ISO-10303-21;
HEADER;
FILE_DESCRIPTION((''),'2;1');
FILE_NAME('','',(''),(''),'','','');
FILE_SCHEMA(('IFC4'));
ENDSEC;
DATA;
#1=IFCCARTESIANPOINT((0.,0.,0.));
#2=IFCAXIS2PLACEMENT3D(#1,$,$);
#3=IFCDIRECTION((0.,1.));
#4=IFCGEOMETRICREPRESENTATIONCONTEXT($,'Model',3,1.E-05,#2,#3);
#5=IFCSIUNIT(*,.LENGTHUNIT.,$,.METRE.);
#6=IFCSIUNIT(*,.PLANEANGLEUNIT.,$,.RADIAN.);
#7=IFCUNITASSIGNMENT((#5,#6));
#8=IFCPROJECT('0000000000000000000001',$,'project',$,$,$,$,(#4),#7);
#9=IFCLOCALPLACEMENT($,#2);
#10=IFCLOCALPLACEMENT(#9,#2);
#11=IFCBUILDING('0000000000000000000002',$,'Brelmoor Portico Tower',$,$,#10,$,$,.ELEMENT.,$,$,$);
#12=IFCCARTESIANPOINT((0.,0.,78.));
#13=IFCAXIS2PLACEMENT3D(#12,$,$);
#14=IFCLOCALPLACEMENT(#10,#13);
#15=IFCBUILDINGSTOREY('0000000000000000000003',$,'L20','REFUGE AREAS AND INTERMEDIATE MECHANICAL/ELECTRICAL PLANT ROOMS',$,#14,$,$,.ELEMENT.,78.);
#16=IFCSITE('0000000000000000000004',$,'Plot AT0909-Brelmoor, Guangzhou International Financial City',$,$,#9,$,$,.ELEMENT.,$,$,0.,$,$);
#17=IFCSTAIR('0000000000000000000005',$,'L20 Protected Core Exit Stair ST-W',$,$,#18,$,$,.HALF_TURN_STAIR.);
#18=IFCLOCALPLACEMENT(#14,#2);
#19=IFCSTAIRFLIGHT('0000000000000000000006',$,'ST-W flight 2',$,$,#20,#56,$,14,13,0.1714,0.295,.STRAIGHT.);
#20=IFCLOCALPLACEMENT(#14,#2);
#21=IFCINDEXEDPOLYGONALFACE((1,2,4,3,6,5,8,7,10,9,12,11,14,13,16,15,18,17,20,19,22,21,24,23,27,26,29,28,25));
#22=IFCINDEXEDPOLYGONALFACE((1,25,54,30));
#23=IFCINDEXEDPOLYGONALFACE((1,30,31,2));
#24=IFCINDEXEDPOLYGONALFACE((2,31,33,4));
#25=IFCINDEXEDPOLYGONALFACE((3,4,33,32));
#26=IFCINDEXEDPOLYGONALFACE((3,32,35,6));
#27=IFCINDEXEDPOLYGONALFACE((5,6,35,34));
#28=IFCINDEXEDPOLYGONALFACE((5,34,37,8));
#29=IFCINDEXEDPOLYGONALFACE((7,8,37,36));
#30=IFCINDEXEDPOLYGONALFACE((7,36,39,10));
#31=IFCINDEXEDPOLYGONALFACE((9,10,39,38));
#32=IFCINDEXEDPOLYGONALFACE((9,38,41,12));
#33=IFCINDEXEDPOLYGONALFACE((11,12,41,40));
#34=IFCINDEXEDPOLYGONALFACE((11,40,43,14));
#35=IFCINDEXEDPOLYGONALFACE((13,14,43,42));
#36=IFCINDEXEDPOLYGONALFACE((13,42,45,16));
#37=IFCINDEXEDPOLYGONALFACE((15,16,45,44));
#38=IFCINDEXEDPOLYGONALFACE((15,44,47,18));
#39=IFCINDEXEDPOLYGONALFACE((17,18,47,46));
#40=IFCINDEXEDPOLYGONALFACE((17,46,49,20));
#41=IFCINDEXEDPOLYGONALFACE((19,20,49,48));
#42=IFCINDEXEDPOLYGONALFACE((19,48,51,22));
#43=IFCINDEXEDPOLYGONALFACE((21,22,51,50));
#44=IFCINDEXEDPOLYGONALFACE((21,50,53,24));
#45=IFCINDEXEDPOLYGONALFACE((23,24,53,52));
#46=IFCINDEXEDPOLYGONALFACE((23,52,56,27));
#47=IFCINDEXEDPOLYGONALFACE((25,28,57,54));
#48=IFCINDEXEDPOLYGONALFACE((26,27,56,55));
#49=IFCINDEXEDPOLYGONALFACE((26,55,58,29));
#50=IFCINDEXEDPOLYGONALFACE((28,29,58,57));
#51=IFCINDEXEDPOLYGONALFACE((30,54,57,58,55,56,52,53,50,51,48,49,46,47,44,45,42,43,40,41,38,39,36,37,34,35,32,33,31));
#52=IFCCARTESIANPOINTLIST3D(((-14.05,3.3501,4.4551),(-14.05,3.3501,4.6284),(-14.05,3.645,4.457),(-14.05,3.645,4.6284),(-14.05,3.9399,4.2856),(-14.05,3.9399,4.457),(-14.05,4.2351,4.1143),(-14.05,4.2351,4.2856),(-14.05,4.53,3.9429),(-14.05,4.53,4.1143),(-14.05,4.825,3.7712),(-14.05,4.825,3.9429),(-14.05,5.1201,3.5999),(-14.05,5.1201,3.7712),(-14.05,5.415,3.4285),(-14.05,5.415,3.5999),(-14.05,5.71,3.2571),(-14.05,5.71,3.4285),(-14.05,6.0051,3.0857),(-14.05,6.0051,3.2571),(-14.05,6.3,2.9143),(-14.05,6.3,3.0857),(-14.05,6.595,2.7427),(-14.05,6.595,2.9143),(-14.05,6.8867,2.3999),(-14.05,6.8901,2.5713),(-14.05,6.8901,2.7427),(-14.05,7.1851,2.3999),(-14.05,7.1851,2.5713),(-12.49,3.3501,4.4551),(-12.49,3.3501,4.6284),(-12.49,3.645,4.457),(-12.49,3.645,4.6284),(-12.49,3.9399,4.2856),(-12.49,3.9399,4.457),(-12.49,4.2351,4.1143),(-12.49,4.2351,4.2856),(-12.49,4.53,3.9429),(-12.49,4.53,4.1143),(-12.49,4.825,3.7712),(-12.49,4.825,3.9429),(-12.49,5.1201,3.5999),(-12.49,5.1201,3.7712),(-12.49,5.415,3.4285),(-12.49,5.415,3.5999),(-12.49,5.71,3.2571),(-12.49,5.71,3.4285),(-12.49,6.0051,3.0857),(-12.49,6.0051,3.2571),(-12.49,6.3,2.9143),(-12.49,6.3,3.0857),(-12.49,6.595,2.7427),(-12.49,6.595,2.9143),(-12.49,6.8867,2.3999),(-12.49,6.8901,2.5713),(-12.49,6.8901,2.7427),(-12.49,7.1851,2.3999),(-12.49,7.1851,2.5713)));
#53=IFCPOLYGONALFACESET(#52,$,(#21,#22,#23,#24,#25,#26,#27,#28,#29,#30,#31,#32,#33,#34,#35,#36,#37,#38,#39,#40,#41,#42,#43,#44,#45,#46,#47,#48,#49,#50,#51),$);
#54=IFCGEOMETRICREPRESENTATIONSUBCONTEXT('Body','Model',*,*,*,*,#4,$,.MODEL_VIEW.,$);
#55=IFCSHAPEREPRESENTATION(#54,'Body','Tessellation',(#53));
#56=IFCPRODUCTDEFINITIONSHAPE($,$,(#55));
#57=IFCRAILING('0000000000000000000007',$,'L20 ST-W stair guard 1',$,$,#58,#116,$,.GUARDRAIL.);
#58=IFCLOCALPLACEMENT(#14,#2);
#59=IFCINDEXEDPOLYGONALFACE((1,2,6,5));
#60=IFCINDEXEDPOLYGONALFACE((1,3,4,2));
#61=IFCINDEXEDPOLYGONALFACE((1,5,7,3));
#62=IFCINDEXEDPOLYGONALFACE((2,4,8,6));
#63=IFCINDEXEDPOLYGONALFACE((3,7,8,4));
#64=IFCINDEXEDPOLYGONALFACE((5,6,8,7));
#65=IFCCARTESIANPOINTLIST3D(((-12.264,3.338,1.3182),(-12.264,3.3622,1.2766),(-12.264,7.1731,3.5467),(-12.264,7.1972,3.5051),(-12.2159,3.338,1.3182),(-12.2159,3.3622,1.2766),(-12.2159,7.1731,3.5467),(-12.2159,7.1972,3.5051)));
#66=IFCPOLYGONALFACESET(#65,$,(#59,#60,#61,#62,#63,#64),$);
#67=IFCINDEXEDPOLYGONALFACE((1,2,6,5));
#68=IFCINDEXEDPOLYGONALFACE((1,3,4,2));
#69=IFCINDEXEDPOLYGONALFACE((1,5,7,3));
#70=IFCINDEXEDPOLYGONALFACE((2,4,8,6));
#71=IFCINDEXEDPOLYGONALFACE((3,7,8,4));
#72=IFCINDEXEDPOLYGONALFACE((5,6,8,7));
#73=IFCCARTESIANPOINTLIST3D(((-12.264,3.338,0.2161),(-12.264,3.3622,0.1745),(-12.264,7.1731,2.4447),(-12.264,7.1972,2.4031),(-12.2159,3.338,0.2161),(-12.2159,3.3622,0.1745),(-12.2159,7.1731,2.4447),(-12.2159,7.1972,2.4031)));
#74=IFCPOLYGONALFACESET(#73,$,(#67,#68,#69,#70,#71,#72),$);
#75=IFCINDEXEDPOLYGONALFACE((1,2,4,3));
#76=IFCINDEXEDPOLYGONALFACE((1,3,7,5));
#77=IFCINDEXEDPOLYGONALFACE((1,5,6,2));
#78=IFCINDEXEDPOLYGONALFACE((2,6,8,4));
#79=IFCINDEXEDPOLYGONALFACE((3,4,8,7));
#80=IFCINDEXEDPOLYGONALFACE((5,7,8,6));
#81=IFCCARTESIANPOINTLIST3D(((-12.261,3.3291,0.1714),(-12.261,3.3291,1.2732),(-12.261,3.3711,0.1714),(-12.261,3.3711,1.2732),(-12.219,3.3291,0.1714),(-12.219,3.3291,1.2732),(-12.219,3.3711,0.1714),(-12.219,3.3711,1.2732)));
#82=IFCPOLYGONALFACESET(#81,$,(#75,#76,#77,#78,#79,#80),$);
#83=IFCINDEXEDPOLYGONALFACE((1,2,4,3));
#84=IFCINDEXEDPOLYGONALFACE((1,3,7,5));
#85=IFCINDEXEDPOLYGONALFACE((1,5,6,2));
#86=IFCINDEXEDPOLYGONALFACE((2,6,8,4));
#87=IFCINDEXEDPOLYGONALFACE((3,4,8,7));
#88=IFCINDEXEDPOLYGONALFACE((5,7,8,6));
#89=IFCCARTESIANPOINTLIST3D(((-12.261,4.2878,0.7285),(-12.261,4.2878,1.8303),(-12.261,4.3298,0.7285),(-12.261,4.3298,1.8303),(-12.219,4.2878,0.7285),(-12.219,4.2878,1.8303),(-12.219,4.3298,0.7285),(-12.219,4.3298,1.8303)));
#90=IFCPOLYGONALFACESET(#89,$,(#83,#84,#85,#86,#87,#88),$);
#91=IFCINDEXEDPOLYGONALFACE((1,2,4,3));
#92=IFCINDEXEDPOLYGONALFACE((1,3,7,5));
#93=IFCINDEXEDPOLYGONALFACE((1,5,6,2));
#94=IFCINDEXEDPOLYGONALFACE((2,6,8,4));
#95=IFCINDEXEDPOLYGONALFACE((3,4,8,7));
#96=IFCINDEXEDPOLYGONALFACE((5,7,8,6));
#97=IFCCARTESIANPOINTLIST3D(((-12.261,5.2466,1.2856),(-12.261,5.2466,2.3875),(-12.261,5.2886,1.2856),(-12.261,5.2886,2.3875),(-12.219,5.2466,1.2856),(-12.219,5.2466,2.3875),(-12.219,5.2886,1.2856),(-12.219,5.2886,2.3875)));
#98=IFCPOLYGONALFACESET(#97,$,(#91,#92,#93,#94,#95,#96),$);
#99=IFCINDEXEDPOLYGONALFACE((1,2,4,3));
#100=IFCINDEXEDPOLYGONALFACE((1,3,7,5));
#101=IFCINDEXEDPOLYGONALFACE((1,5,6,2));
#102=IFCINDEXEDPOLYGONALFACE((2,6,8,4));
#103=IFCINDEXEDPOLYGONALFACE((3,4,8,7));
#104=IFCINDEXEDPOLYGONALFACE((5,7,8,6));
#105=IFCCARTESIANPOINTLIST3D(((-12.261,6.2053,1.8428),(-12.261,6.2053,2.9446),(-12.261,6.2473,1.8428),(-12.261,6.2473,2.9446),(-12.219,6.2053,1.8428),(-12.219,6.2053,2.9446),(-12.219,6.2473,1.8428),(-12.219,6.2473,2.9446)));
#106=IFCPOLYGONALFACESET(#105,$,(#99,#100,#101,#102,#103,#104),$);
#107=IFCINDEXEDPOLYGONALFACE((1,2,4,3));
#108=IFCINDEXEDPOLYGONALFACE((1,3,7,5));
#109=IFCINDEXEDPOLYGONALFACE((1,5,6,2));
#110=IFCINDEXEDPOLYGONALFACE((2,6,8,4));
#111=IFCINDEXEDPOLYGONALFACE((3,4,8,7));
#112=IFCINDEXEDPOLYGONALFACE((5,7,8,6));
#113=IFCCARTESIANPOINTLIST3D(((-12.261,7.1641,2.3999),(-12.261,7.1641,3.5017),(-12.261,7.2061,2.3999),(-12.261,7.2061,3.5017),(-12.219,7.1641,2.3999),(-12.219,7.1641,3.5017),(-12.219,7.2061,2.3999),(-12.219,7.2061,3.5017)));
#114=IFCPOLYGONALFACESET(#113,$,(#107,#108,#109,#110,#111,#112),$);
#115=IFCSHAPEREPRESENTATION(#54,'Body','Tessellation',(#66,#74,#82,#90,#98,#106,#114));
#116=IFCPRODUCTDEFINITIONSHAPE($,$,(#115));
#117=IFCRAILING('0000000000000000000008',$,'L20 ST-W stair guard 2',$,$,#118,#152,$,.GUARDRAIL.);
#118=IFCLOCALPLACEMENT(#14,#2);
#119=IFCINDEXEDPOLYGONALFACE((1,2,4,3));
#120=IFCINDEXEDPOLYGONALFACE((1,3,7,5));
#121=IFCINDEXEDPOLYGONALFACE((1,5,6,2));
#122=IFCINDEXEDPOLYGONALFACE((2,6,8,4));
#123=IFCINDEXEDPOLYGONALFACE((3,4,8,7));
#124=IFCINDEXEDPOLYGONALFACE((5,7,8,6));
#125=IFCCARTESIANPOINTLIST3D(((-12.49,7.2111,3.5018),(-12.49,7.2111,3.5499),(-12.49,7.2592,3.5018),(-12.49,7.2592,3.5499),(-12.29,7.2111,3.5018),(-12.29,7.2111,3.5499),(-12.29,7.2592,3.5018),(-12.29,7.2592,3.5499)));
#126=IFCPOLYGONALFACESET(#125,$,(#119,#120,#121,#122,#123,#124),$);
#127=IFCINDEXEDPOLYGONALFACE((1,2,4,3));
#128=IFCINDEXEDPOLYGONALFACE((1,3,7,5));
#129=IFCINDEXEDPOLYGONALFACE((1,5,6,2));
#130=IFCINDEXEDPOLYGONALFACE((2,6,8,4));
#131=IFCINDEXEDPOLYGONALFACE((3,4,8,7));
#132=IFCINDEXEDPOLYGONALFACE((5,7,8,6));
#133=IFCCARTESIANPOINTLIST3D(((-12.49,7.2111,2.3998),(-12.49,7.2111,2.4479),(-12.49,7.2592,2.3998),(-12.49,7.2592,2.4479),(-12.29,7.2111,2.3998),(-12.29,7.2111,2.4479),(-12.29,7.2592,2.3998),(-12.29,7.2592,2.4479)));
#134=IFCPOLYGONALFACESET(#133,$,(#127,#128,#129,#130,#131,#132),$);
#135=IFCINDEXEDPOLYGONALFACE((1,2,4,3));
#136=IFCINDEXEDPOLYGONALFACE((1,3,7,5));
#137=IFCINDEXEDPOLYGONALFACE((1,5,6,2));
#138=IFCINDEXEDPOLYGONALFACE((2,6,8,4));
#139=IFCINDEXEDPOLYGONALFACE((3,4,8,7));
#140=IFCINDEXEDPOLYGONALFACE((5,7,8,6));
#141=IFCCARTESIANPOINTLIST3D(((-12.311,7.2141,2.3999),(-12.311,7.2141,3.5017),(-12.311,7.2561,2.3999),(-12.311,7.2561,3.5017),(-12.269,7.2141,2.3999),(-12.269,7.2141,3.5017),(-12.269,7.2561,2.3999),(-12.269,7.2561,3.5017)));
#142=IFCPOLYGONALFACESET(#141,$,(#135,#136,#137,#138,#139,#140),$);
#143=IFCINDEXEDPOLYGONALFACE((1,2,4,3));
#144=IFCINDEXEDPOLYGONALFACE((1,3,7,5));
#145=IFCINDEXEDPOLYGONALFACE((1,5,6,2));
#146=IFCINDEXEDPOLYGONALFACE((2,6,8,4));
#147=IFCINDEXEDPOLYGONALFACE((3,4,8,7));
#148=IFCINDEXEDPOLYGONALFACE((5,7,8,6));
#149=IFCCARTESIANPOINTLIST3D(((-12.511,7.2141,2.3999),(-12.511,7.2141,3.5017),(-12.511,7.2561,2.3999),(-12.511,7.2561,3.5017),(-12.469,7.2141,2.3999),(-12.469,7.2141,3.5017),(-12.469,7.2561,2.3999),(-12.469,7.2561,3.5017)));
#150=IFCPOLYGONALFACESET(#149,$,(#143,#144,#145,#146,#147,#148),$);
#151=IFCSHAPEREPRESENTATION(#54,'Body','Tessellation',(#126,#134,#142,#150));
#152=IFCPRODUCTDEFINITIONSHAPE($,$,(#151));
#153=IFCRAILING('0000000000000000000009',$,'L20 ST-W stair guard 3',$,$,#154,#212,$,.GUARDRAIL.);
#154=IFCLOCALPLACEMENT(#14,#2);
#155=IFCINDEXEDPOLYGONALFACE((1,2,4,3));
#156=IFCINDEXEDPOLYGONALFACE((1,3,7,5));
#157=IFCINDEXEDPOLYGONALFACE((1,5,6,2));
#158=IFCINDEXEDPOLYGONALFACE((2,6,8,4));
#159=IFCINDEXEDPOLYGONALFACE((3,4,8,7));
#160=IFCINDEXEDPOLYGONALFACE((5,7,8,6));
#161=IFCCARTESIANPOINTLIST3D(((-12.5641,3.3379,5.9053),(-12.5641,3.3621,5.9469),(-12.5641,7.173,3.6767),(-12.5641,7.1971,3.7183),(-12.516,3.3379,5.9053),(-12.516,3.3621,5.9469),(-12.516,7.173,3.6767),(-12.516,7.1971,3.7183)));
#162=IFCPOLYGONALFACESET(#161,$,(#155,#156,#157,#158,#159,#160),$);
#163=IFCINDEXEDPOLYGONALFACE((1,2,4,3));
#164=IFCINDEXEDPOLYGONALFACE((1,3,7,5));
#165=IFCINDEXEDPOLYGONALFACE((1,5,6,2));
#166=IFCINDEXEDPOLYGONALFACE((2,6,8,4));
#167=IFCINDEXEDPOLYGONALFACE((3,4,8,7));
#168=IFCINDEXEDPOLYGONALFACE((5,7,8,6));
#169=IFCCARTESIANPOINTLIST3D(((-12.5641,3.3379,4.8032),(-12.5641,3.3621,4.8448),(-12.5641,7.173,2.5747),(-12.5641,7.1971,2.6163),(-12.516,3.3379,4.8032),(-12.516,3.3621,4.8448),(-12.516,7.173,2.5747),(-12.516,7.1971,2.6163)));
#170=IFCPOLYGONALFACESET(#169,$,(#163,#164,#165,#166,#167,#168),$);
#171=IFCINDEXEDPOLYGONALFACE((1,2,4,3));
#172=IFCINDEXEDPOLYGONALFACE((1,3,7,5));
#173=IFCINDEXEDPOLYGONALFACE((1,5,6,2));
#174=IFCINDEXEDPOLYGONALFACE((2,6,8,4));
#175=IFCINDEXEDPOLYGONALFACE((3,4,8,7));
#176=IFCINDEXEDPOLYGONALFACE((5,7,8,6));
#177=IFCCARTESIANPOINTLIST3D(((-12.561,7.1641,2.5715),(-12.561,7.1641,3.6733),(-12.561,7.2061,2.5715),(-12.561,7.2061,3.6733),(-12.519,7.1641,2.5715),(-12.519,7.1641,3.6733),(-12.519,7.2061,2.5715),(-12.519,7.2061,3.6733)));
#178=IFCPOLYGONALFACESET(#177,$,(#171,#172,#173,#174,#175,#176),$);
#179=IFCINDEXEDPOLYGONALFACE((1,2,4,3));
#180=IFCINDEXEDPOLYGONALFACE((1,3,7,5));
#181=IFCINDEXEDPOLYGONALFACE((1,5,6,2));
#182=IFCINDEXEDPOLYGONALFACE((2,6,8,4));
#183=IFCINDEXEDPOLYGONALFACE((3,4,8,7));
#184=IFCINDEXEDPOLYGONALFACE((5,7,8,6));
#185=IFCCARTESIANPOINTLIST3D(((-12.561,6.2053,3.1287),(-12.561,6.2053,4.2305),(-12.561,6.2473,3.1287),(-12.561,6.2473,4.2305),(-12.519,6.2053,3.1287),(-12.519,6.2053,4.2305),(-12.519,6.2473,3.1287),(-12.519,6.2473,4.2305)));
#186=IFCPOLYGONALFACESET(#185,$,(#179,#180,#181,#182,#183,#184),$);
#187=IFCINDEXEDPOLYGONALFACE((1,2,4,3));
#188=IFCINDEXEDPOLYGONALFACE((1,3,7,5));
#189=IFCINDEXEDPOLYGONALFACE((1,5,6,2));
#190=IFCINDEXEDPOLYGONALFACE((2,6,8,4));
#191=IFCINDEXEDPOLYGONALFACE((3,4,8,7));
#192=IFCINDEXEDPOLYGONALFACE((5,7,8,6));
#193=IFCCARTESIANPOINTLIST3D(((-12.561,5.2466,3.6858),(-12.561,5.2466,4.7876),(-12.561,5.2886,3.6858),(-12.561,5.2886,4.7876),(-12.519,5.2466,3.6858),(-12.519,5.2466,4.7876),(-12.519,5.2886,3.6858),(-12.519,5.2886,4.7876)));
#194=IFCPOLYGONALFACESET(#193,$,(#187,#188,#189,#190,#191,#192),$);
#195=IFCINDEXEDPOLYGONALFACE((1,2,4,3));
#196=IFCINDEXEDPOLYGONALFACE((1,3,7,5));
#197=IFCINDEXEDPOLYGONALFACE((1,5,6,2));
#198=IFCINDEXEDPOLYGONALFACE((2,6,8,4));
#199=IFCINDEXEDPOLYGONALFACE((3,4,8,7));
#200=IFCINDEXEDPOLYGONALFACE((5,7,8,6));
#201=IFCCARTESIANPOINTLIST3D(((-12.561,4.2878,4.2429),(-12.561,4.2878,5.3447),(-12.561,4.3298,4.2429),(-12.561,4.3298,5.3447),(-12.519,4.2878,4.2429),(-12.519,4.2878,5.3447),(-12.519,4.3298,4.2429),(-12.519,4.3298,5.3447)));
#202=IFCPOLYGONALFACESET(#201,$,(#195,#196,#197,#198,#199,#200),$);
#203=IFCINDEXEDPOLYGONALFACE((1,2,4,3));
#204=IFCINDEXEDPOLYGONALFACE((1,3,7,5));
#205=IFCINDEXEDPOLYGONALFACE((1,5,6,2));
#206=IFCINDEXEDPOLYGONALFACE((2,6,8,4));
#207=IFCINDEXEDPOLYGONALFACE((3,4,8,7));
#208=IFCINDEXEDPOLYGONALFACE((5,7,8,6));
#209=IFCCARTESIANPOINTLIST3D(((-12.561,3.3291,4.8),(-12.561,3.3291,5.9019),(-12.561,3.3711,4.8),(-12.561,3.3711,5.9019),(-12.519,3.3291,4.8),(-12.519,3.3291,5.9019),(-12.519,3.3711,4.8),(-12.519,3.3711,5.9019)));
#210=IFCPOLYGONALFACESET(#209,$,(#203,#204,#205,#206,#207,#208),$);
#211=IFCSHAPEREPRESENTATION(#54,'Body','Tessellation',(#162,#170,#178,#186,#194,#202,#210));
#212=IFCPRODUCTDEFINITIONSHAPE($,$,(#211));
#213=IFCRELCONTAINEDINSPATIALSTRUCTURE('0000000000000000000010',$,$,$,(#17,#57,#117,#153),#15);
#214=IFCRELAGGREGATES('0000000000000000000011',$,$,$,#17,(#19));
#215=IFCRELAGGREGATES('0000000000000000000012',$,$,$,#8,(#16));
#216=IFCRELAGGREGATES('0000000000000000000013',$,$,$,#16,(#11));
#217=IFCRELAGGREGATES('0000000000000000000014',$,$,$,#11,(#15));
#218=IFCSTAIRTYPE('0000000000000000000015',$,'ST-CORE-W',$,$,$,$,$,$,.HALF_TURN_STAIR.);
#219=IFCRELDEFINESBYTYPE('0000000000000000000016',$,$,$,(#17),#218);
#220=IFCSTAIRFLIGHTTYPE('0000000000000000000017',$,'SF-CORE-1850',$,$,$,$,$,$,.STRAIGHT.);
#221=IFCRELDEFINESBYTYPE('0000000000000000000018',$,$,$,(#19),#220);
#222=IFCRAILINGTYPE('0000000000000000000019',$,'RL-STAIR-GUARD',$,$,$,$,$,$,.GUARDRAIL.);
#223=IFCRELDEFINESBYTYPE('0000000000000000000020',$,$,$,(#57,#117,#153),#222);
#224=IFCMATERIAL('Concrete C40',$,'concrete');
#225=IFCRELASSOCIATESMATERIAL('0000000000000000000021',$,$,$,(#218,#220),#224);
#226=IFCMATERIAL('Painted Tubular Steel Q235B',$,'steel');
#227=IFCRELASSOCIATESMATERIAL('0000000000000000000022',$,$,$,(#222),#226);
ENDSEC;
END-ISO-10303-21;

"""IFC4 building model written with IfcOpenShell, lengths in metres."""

from ifc_helpers import new_model, si_unit, direction, frame, origin, origin_2d, place, context, subcontext, project, spatial, polyline, rectangle, outline, extrude, material, type_object, element, aggregate, save


model = new_model("IFC4")

# Units and contexts
model_context = context("Model", 3, precision=1e-05, world=origin(), true_north=direction((0.0, 1.0)))
body_context = subcontext(model_context, "Body", "Model", "MODEL_VIEW")
ifc_project = project(units=[si_unit("LENGTHUNIT", "METRE"), si_unit("PLANEANGLEUNIT", "RADIAN")], contexts=[model_context])

# Site, building, storey
site_placement = place(None, origin())
site = spatial("IfcSite", under=ifc_project, at=site_placement, Name="Plot AT0909-Brelmoor, Guangzhou International Financial City", CompositionType="ELEMENT", RefElevation=0.0)
building_placement = place(site_placement, origin())
building = spatial("IfcBuilding", under=site, at=building_placement, Name="Brelmoor Portico Tower", CompositionType="ELEMENT")
storey_placement = place(building_placement, frame((0.0, 0.0, 78.0)))
storey = spatial("IfcBuildingStorey", under=building, at=storey_placement, Name="L20", Description="REFUGE AREAS AND INTERMEDIATE MECHANICAL/ELECTRICAL PLANT ROOMS", CompositionType="ELEMENT", Elevation=78.0)

# Shared definitions
ifc_material_1 = material(Name="Concrete C40", Category="concrete")

# Stair, stair flight
stair_type = type_object("IfcStairType", Name="ST-CORE-W", PredefinedType="HALF_TURN_STAIR", material=ifc_material_1)
stair_placement = place(storey_placement, origin())
stair = element("IfcStair", 1, at=stair_placement, inside=storey, type_object=stair_type, Name="L20 Protected Core Exit Stair ST-W", PredefinedType="HALF_TURN_STAIR")
stair_flight_type = type_object("IfcStairFlightType", Name="SF-CORE-1850", PredefinedType="STRAIGHT", material=ifc_material_1)
stair_flight_1_placement = place(storey_placement, frame((-13.27, 7.1851, 2.3999), z_axis=(0.0, 0.0, 1.0), x_axis=(0.0, -1.0, 0.0)))
stair_flight_1 = element("IfcStairFlight", 2, at=stair_flight_1_placement, type_object=stair_flight_type, Name="ST-W flight 2", NumberOfRisers=14, NumberOfTreads=13, PredefinedType="STRAIGHT", RiserHeight=0.1714, TreadLength=0.295, context=body_context, shape_type="SweptSolid", body=[
    extrude(outline(polyline([(0.0, 0.0), (0.0, 0.1714), (0.2949, 0.1714), (0.2949, 0.3428), (0.5901, 0.3428), (0.5901, 0.5144), (0.885, 0.5144), (0.885, 0.6858), (1.1799, 0.6858), (1.1799, 0.8572), (1.4751, 0.8572), (1.4751, 1.0286), (1.77, 1.0286), (1.77, 1.2), (2.0649, 1.2), (2.0649, 1.3713), (2.3601, 1.3713), (2.3601, 1.543), (2.655, 1.543), (2.655, 1.7144), (2.95, 1.7144), (2.95, 1.8857), (3.2451, 1.8857), (3.2451, 2.0571), (3.54, 2.0571), (3.54, 2.2285), (3.835, 2.2285), (3.835, 2.3999), (3.835, 2.0552), (0.2983, 0.0), (0.0, 0.0)])), frame((0.0, 0.78, 0.0), z_axis=(0.0, -1.0, 0.0), x_axis=(1.0, 0.0, 0.0)), (0.0, 0.0, 1.0), 1.5601),
])
aggregate(stair, [stair_flight_1])

# Railings
ifc_material_2 = material(Name="Painted Tubular Steel Q235B", Category="steel")
railing_type_1 = type_object("IfcRailingType", Name="RL-STAIR-GUARD", PredefinedType="GUARDRAIL", material=ifc_material_2)
railing_1_placement = place(storey_placement, frame((-12.24, 3.3501, 0.1714)))
element("IfcRailing", 3, at=railing_1_placement, inside=storey, type_object=railing_type_1, Name="L20 ST-W stair guard 1", PredefinedType="GUARDRAIL", context=body_context, shape_type="SweptSolid", body=[
    extrude(rectangle(XDim=0.0481, YDim=0.0481, at=origin_2d()), frame((0.0, 0.0, 1.126), z_axis=(0.0, 0.864616, 0.502433), x_axis=(-1.0, 0.0, 0.0)), (0.0, 0.0, 1.0), 4.4355),
    extrude(rectangle(XDim=0.0481, YDim=0.0481, at=origin_2d()), frame((0.0, 0.0, 0.0239), z_axis=(0.0, 0.864616, 0.502433), x_axis=(-1.0, 0.0, 0.0)), (0.0, 0.0, 1.0), 4.4355),
    extrude(rectangle(XDim=0.042, YDim=0.042, at=origin_2d()), origin(), (0.0, 0.0, 1.0), 1.1018),
    extrude(rectangle(XDim=0.042, YDim=0.042, at=origin_2d()), frame((0.0, 0.9587, 0.5571)), (0.0, 0.0, 1.0), 1.1018),
    extrude(rectangle(XDim=0.042, YDim=0.042, at=origin_2d()), frame((0.0, 1.9175, 1.1143)), (0.0, 0.0, 1.0), 1.1018),
    extrude(rectangle(XDim=0.042, YDim=0.042, at=origin_2d()), frame((0.0, 2.8762, 1.6714)), (0.0, 0.0, 1.0), 1.1018),
    extrude(rectangle(XDim=0.042, YDim=0.042, at=origin_2d()), frame((0.0, 3.835, 2.2285)), (0.0, 0.0, 1.0), 1.1018),
])
railing_2_placement = place(storey_placement, frame((-12.29, 7.2351, 2.3999)))
element("IfcRailing", 4, at=railing_2_placement, inside=storey, type_object=railing_type_1, Name="L20 ST-W stair guard 2", PredefinedType="GUARDRAIL", context=body_context, shape_type="SweptSolid", body=[
    extrude(rectangle(XDim=0.0481, YDim=0.0481, at=origin_2d()), frame((0.0, 0.0, 1.126), z_axis=(-1.0, 0.0, 0.0), x_axis=(0.0, -1.0, 0.0)), (0.0, 0.0, 1.0), 0.2),
    extrude(rectangle(XDim=0.0481, YDim=0.0481, at=origin_2d()), frame((0.0, 0.0, 0.0239), z_axis=(-1.0, 0.0, 0.0), x_axis=(0.0, -1.0, 0.0)), (0.0, 0.0, 1.0), 0.2),
    extrude(rectangle(XDim=0.042, YDim=0.042, at=origin_2d()), origin(), (0.0, 0.0, 1.0), 1.1018),
    extrude(rectangle(XDim=0.042, YDim=0.042, at=origin_2d()), frame((-0.2, 0.0, 0.0)), (0.0, 0.0, 1.0), 1.1018),
])
railing_3_placement = place(storey_placement, frame((-12.54, 7.1851, 2.5715)))
element("IfcRailing", 5, at=railing_3_placement, inside=storey, type_object=railing_type_1, Name="L20 ST-W stair guard 3", PredefinedType="GUARDRAIL", context=body_context, shape_type="SweptSolid", body=[
    extrude(rectangle(XDim=0.0481, YDim=0.0481, at=origin_2d()), frame((0.0, 0.0, 1.126), z_axis=(0.0, -0.864616, 0.502433), x_axis=(1.0, 0.0, 0.0)), (0.0, 0.0, 1.0), 4.4355),
    extrude(rectangle(XDim=0.0481, YDim=0.0481, at=origin_2d()), frame((0.0, 0.0, 0.0239), z_axis=(0.0, -0.864616, 0.502433), x_axis=(1.0, 0.0, 0.0)), (0.0, 0.0, 1.0), 4.4355),
    extrude(rectangle(XDim=0.042, YDim=0.042, at=origin_2d()), origin(), (0.0, 0.0, 1.0), 1.1018),
    extrude(rectangle(XDim=0.042, YDim=0.042, at=origin_2d()), frame((0.0, -0.9587, 0.5571)), (0.0, 0.0, 1.0), 1.1018),
    extrude(rectangle(XDim=0.042, YDim=0.042, at=origin_2d()), frame((0.0, -1.9175, 1.1143)), (0.0, 0.0, 1.0), 1.1018),
    extrude(rectangle(XDim=0.042, YDim=0.042, at=origin_2d()), frame((0.0, -2.8762, 1.6714)), (0.0, 0.0, 1.0), 1.1018),
    extrude(rectangle(XDim=0.042, YDim=0.042, at=origin_2d()), frame((0.0, -3.835, 2.2285)), (0.0, 0.0, 1.0), 1.1018),
])

save(model, "model.ifc")
